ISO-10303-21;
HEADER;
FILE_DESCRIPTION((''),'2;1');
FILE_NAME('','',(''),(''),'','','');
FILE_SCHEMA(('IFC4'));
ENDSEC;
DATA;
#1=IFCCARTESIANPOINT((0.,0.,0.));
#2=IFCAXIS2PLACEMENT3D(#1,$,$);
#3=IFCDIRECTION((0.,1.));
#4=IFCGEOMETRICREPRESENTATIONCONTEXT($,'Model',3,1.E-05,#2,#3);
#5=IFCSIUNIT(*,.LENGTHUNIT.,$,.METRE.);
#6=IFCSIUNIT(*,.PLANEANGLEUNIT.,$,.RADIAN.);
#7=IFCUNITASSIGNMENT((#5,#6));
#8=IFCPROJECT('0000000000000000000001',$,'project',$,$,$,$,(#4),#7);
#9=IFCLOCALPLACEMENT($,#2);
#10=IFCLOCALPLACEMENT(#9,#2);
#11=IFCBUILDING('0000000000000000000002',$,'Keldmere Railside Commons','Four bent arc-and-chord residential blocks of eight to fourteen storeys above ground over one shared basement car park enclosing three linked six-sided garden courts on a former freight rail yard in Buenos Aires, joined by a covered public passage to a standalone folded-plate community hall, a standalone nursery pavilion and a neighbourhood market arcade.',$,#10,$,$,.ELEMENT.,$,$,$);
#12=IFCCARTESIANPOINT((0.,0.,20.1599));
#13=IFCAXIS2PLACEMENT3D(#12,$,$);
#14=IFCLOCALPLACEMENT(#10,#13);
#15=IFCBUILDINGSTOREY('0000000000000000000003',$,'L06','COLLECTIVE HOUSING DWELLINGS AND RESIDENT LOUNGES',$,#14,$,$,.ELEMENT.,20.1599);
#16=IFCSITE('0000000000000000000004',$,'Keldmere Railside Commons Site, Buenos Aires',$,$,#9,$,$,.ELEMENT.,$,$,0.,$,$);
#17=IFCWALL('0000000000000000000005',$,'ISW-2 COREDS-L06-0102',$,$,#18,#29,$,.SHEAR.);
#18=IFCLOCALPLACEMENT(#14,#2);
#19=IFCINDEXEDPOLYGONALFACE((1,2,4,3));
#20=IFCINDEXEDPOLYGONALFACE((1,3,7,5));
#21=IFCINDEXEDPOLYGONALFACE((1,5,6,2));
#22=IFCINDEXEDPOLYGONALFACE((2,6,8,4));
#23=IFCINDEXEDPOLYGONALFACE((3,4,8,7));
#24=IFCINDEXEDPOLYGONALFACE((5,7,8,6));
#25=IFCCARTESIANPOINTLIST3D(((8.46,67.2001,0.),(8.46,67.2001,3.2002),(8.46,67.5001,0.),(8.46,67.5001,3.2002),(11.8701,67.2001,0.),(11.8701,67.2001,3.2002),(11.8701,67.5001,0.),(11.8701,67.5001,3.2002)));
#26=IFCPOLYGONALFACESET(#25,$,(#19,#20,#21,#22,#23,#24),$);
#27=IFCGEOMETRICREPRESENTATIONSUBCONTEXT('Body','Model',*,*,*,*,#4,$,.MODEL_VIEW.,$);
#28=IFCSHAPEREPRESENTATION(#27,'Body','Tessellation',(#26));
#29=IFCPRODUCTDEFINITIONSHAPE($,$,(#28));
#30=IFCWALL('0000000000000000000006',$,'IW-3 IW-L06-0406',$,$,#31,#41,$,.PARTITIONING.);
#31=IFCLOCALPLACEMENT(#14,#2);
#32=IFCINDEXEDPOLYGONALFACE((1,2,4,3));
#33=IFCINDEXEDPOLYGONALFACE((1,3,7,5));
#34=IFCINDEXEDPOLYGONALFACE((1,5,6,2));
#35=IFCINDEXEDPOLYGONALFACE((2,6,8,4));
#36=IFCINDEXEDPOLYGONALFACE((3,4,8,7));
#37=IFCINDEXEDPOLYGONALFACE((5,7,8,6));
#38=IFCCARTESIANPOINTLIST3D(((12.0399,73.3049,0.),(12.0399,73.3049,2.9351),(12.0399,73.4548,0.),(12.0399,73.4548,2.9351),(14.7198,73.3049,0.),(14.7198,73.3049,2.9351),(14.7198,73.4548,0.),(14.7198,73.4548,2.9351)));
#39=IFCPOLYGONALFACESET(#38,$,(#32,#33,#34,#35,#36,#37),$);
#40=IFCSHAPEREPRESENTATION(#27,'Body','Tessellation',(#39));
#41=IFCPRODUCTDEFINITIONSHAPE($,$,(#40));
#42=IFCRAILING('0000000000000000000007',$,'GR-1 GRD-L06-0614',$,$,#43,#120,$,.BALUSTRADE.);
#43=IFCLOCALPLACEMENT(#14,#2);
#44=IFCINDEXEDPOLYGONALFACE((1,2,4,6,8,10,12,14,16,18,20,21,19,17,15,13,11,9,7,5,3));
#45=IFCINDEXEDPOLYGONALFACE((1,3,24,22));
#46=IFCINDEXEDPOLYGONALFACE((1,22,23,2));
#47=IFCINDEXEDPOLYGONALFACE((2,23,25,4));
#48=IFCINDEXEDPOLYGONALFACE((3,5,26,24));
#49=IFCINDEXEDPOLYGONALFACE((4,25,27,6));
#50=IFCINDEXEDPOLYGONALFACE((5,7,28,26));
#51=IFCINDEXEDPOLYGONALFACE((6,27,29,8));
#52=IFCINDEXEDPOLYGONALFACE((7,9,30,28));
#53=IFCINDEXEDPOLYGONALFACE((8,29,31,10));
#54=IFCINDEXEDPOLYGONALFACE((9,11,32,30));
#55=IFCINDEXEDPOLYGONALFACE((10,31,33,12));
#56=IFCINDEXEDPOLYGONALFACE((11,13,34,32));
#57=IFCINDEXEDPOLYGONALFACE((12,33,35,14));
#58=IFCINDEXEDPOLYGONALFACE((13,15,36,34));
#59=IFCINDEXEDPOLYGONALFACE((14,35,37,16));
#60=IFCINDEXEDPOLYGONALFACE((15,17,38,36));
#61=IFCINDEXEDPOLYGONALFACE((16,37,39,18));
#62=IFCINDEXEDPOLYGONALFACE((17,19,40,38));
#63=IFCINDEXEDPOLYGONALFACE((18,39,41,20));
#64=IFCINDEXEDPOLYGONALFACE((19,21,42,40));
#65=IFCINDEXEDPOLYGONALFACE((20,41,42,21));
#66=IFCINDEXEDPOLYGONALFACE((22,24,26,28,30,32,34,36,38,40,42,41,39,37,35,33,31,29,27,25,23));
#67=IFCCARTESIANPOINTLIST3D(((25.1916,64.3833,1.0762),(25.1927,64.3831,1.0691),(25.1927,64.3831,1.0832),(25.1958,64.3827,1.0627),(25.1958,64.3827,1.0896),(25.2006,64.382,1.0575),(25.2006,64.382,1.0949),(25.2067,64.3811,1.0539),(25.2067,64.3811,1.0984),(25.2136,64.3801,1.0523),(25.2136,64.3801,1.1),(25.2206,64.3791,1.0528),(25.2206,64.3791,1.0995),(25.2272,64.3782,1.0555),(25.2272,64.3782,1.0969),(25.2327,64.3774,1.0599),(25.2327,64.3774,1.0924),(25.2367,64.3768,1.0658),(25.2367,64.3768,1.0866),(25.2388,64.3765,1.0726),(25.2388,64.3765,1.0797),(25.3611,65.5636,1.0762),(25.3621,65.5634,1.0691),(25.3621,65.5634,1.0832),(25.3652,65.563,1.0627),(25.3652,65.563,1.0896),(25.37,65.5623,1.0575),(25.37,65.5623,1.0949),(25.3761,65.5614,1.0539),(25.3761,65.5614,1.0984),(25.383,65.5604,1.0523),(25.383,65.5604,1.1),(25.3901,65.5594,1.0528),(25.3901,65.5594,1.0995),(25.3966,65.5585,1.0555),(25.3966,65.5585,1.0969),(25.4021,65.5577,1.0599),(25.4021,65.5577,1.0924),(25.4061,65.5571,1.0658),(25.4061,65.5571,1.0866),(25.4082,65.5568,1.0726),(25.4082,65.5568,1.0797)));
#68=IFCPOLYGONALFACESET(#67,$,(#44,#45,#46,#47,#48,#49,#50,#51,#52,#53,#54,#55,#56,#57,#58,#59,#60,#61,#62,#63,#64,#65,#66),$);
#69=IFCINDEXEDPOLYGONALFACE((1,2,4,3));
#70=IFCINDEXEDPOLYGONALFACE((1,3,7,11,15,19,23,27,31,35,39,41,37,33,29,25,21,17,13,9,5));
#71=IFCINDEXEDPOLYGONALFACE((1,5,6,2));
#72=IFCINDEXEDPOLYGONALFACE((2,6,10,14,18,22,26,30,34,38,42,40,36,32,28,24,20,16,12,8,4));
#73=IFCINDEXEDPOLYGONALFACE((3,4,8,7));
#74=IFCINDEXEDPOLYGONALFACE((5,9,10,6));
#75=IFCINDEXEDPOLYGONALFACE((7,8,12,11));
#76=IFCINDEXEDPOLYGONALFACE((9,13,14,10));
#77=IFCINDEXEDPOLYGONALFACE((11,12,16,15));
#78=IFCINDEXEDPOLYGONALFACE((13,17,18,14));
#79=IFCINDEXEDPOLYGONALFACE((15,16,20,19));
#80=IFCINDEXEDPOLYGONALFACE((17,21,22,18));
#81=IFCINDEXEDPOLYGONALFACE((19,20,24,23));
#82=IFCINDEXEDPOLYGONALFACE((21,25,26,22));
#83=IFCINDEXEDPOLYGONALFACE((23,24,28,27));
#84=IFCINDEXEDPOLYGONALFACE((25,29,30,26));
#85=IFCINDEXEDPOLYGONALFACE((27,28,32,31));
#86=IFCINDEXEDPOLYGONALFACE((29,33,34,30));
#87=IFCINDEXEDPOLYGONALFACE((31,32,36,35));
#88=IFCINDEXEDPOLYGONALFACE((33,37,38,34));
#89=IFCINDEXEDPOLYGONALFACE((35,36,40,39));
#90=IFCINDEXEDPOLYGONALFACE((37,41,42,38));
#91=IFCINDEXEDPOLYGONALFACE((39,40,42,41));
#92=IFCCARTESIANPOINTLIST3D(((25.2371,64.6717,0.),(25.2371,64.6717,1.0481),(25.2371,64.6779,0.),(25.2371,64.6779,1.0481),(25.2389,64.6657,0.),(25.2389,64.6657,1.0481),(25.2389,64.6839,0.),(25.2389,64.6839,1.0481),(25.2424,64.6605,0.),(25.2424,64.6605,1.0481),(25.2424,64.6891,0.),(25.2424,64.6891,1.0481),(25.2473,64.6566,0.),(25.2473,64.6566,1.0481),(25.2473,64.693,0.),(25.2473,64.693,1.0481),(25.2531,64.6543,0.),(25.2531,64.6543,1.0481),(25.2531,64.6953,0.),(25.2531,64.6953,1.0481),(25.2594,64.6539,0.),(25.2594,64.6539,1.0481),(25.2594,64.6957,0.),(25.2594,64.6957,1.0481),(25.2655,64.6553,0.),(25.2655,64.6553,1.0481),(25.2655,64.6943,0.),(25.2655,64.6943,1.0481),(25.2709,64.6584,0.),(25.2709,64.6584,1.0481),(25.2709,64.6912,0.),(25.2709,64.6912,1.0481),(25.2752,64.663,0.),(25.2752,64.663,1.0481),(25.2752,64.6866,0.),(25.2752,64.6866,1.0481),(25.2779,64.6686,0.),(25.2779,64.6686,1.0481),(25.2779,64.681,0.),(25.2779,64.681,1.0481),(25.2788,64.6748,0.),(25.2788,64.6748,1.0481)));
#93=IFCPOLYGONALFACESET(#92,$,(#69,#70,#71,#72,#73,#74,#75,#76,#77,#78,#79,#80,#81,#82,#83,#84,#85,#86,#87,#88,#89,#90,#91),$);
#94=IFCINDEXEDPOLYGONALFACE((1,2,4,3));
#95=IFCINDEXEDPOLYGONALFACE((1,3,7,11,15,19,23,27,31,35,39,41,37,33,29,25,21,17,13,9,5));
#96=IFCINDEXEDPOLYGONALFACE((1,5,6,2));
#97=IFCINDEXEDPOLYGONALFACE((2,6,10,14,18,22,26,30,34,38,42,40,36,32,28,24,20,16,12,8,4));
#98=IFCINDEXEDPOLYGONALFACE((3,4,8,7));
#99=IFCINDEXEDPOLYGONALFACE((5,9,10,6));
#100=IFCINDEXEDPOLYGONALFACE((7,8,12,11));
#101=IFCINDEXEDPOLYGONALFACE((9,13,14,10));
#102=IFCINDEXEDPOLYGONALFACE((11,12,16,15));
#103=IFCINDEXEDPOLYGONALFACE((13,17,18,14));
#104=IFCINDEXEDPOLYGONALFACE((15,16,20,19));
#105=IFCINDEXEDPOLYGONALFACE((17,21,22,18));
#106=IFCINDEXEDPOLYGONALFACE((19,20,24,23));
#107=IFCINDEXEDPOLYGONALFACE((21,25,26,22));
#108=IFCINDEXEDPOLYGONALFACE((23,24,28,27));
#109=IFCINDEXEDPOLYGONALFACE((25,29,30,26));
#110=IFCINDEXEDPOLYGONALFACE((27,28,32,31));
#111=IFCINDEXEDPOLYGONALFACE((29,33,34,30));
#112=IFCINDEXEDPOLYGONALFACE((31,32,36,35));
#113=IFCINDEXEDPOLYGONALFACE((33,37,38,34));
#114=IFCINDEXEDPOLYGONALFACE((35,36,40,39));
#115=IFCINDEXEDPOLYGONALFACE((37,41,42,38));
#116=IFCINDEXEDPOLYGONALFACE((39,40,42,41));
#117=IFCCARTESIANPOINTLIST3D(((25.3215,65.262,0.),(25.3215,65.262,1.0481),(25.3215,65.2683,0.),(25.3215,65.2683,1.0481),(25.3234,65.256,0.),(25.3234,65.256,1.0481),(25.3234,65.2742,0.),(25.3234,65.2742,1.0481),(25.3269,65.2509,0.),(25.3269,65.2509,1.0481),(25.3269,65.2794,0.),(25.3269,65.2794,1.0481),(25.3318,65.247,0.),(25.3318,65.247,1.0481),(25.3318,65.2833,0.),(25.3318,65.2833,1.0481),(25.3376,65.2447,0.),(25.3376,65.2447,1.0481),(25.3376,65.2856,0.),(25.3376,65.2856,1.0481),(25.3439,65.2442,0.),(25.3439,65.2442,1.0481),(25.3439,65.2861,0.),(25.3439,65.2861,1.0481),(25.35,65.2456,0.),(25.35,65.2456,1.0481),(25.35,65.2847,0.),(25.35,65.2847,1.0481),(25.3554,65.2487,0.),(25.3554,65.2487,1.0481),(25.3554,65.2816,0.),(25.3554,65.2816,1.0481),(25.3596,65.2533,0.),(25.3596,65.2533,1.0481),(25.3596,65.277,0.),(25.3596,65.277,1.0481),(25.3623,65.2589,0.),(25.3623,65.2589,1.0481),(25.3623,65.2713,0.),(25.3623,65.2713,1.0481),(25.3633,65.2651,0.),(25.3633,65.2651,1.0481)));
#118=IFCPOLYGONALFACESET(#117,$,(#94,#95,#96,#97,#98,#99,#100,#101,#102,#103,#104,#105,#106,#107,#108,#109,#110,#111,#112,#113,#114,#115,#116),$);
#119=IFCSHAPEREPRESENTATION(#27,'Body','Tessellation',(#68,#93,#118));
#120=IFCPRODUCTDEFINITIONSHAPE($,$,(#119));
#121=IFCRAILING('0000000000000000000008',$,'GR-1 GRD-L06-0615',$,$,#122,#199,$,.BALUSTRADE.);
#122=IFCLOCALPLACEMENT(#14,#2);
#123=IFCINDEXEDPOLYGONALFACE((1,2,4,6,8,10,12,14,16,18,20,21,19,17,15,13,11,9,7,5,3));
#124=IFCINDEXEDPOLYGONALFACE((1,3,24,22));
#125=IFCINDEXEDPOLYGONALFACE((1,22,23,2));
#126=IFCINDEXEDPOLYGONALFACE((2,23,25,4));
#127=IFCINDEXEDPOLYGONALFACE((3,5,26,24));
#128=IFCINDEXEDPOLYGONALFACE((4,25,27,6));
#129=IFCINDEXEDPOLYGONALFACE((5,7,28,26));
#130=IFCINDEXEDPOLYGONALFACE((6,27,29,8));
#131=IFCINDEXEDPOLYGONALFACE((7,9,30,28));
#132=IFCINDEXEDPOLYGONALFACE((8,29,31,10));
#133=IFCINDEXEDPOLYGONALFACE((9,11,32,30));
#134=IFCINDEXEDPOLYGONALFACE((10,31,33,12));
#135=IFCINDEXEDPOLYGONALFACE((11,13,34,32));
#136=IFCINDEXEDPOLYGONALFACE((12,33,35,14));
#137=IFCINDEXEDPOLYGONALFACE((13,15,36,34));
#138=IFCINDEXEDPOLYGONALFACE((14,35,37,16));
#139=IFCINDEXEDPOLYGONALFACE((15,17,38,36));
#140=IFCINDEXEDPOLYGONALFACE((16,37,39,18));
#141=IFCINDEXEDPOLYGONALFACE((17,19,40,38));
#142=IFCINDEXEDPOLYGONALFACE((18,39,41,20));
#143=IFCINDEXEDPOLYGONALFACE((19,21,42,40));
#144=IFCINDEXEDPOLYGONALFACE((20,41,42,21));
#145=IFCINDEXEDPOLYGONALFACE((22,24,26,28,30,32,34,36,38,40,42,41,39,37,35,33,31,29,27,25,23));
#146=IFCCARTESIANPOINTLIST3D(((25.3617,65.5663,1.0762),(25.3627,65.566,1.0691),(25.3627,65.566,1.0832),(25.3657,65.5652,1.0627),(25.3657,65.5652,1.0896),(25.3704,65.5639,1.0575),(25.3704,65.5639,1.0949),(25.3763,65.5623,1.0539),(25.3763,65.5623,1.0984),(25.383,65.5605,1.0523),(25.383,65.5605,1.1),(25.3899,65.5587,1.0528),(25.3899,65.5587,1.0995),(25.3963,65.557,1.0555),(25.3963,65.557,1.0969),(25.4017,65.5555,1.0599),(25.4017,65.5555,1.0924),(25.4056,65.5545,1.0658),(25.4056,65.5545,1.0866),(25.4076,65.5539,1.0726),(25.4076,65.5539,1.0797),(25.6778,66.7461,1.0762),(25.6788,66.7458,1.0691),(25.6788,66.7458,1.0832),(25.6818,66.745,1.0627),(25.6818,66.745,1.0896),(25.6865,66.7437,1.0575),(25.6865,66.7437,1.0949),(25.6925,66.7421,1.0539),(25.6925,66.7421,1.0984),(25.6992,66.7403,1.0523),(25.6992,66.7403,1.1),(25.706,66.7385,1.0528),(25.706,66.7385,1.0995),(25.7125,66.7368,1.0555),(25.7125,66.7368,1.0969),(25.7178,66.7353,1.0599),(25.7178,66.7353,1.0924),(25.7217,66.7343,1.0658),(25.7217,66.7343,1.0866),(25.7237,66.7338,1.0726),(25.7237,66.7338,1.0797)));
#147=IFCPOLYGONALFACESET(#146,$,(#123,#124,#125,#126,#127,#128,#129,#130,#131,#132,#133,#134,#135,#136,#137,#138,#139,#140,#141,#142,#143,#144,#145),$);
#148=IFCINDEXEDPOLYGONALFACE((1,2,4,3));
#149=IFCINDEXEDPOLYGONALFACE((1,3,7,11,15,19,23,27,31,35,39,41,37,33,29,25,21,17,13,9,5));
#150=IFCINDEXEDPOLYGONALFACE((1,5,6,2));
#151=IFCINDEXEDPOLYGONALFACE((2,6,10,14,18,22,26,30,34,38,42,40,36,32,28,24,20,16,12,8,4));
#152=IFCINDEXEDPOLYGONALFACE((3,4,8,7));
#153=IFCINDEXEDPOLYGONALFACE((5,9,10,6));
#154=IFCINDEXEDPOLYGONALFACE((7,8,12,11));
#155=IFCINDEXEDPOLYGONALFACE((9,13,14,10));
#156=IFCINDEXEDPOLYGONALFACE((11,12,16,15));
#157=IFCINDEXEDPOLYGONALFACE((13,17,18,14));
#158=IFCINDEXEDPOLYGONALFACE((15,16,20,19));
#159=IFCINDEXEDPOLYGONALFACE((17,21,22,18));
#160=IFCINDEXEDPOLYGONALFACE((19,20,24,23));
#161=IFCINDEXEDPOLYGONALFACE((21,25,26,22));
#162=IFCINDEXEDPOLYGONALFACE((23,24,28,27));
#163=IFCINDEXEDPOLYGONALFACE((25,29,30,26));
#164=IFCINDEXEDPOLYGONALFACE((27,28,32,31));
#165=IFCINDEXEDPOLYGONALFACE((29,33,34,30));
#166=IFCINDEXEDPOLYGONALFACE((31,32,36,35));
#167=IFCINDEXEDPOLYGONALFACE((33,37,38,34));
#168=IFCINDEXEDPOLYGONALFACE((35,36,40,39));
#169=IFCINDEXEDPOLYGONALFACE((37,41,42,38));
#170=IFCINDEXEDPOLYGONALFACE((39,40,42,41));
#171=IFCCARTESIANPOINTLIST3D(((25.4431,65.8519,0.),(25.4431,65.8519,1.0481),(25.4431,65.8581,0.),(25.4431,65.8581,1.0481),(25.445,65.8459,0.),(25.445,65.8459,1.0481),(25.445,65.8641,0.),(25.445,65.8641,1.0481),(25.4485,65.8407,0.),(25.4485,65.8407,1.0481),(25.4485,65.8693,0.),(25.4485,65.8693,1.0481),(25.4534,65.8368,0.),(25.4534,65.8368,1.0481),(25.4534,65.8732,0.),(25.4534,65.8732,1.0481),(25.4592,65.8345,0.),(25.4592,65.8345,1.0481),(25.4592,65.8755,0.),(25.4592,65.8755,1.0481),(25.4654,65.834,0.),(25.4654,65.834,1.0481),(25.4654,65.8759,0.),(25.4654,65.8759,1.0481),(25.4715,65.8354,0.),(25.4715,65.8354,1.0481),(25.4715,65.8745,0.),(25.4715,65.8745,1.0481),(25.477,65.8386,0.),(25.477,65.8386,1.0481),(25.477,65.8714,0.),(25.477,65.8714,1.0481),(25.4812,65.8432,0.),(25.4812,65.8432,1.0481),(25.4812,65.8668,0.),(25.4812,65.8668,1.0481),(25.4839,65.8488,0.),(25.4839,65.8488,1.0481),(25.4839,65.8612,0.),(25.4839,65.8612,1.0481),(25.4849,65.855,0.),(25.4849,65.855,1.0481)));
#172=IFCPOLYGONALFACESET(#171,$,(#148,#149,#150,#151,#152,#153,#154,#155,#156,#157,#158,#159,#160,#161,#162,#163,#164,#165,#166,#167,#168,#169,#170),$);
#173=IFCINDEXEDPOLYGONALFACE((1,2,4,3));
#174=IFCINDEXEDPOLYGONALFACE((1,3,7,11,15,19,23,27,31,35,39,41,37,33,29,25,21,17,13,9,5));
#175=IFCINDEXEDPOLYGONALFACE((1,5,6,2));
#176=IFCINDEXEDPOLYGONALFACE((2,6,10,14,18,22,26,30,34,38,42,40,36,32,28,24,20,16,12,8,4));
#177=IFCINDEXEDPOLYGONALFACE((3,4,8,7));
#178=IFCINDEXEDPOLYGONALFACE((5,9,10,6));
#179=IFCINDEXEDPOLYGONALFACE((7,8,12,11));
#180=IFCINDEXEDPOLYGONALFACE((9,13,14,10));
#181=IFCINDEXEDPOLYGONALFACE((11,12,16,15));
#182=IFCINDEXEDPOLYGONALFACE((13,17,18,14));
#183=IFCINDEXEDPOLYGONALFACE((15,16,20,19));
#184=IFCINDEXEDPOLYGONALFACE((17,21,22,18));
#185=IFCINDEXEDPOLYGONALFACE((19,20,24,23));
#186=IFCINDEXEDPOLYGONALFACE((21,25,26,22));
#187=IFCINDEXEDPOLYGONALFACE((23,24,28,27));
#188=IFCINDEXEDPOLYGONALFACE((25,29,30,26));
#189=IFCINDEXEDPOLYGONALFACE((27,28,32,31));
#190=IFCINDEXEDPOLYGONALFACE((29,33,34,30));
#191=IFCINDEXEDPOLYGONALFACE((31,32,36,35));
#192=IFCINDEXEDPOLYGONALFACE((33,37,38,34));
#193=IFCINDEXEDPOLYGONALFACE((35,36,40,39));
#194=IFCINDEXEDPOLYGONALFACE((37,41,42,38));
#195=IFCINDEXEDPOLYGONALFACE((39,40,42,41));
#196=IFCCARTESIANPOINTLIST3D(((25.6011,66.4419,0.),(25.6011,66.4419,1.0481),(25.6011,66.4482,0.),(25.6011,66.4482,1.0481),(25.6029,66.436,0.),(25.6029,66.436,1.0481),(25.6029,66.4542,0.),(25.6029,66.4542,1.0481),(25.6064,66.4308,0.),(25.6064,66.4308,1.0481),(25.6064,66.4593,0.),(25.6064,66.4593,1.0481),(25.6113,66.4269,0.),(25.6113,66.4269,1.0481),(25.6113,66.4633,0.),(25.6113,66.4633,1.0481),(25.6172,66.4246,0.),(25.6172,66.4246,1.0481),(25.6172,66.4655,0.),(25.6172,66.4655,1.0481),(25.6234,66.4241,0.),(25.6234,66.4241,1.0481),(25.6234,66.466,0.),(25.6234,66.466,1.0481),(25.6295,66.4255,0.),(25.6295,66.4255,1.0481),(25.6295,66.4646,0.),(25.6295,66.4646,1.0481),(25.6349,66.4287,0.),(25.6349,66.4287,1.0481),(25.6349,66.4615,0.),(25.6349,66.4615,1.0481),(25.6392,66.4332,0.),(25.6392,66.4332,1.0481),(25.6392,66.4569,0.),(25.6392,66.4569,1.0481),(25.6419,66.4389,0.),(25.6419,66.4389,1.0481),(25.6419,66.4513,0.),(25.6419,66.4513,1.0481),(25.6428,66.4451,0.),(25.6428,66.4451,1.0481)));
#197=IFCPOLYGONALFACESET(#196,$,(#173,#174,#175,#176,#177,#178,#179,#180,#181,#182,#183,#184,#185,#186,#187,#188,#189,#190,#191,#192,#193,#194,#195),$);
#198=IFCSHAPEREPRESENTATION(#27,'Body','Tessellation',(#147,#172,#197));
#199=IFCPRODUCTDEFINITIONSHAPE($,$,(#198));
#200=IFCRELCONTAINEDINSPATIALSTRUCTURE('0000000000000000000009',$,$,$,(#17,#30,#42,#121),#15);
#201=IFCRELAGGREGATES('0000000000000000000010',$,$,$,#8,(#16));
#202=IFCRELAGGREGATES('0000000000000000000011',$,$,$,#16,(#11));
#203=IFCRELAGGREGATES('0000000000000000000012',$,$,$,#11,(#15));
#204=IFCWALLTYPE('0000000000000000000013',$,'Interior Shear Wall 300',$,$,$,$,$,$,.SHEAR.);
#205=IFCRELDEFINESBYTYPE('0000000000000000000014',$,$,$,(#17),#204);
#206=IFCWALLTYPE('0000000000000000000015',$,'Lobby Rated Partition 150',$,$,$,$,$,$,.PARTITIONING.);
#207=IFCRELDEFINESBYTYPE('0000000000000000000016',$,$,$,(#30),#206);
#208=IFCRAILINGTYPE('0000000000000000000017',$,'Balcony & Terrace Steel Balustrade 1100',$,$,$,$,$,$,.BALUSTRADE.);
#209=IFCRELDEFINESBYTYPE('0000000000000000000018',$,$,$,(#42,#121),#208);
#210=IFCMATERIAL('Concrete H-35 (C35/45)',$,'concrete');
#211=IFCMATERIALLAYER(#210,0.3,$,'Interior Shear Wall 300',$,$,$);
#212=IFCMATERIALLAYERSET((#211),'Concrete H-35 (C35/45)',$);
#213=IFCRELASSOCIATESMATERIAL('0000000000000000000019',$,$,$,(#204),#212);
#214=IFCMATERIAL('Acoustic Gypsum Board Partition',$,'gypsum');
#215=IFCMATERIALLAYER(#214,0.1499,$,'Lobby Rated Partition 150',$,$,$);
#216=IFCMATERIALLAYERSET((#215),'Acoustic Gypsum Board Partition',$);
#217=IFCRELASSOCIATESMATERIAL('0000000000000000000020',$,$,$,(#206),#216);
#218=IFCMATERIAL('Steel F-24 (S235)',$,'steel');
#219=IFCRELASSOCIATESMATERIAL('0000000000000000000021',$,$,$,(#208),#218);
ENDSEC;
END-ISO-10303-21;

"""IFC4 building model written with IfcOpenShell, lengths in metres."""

from ifc_helpers import new_model, si_unit, direction, frame, frame_2d, origin, origin_2d, place, context, subcontext, project, spatial, rectangle, circle, extrude, material, layer, layer_set, type_object, element, save


model = new_model("IFC4")

# Units and contexts
model_context = context("Model", 3, precision=1e-05, world=origin(), true_north=direction((0.0, 1.0)))
body_context = subcontext(model_context, "Body", "Model", "MODEL_VIEW")
ifc_project = project(units=[si_unit("LENGTHUNIT", "METRE"), si_unit("PLANEANGLEUNIT", "RADIAN")], contexts=[model_context])

# Site, building, storey
site_placement = place(None, origin())
site = spatial("IfcSite", under=ifc_project, at=site_placement, Name="Keldmere Railside Commons Site, Buenos Aires", CompositionType="ELEMENT", RefElevation=0.0)
building_placement = place(site_placement, origin())
building = spatial("IfcBuilding", under=site, at=building_placement, Name="Keldmere Railside Commons", Description="Four bent arc-and-chord residential blocks of eight to fourteen storeys above ground over one shared basement car park enclosing three linked six-sided garden courts on a former freight rail yard in Buenos Aires, joined by a covered public passage to a standalone folded-plate community hall, a standalone nursery pavilion and a neighbourhood market arcade.", CompositionType="ELEMENT")
storey_placement = place(building_placement, frame((0.0, 0.0, 20.1599)))
storey = spatial("IfcBuildingStorey", under=building, at=storey_placement, Name="L06", Description="COLLECTIVE HOUSING DWELLINGS AND RESIDENT LOUNGES", CompositionType="ELEMENT", Elevation=20.1599)

# Shared definitions
ifc_material_1 = material(Name="Concrete H-35 (C35/45)", Category="concrete")

# Shared definitions
ifc_material_2 = material(Name="Acoustic Gypsum Board Partition", Category="gypsum")

# Walls
ifc_layer_1 = layer(ifc_material_1, 0.3, Name="Interior Shear Wall 300")
ifc_layer_set_1 = layer_set([ifc_layer_1], Name="Concrete H-35 (C35/45)")
wall_type_1 = type_object("IfcWallType", Name="Interior Shear Wall 300", PredefinedType="SHEAR", material=ifc_layer_set_1)
wall_1_placement = place(storey_placement, frame((11.8701, 67.3501, 0.0), z_axis=(0.0, 0.0, 1.0), x_axis=(-1.0, 0.0, 0.0)))
element("IfcWall", 1, at=wall_1_placement, inside=storey, type_object=wall_type_1, Name="ISW-2 COREDS-L06-0102", PredefinedType="SHEAR", context=body_context, shape_type="SweptSolid", body=[
    extrude(rectangle(XDim=3.4102, YDim=0.3, at=frame_2d((1.7051, 0.0))), origin(), (0.0, 0.0, 1.0), 3.2002),
])
ifc_layer_2 = layer(ifc_material_2, 0.1499, Name="Lobby Rated Partition 150")
ifc_layer_set_2 = layer_set([ifc_layer_2], Name="Acoustic Gypsum Board Partition")
wall_type_2 = type_object("IfcWallType", Name="Lobby Rated Partition 150", PredefinedType="PARTITIONING", material=ifc_layer_set_2)
wall_2_placement = place(storey_placement, frame((12.04, 73.3799, 0.0), z_axis=(0.0, 0.0, 1.0), x_axis=(1.0, 0.0, 0.0)))
element("IfcWall", 2, at=wall_2_placement, inside=storey, type_object=wall_type_2, Name="IW-3 IW-L06-0406", PredefinedType="PARTITIONING", context=body_context, shape_type="SweptSolid", body=[
    extrude(rectangle(XDim=2.6799, YDim=0.1499, at=frame_2d((1.3398, 0.0))), origin(), (0.0, 0.0, 1.0), 2.9351),
])

# Railings
ifc_material_3 = material(Name="Steel F-24 (S235)", Category="steel")
railing_type_1 = type_object("IfcRailingType", Name="Balcony & Terrace Steel Balustrade 1100", PredefinedType="BALUSTRADE", material=ifc_material_3)
railing_1_placement = place(storey_placement, frame((25.2153, 64.3799, 0.0)))
element("IfcRailing", 3, at=railing_1_placement, inside=storey, type_object=railing_type_1, Name="GR-1 GRD-L06-0614", PredefinedType="BALUSTRADE", context=body_context, shape_type="SweptSolid", body=[
    extrude(circle(Radius=0.0239, at=origin_2d()), frame((0.0, 0.0, 1.0762), z_axis=(0.142109, 0.989851, 0.0), x_axis=(-0.989851, 0.142109, 0.0)), (0.0, 0.0, 1.0), 1.1924),
    extrude(circle(Radius=0.021, at=origin_2d()), frame((0.0425, 0.2949, 0.0)), (0.0, 0.0, 1.0), 1.0481),
    extrude(circle(Radius=0.021, at=origin_2d()), frame((0.127, 0.8853, 0.0)), (0.0, 0.0, 1.0), 1.0481),
])
railing_2_placement = place(storey_placement, frame((25.3848, 65.5601, 0.0)))
element("IfcRailing", 4, at=railing_2_placement, inside=storey, type_object=railing_type_1, Name="GR-1 GRD-L06-0615", PredefinedType="BALUSTRADE", context=body_context, shape_type="SweptSolid", body=[
    extrude(circle(Radius=0.0239, at=origin_2d()), frame((0.0, 0.0, 1.0762), z_axis=(0.258819, 0.965926, 0.0), x_axis=(-0.965926, 0.258819, 0.0)), (0.0, 0.0, 1.0), 1.2214),
    extrude(circle(Radius=0.021, at=origin_2d()), frame((0.0791, 0.2949, 0.0)), (0.0, 0.0, 1.0), 1.0481),
    extrude(circle(Radius=0.021, at=origin_2d()), frame((0.2371, 0.885, 0.0)), (0.0, 0.0, 1.0), 1.0481),
])

save(model, "model.ifc")
